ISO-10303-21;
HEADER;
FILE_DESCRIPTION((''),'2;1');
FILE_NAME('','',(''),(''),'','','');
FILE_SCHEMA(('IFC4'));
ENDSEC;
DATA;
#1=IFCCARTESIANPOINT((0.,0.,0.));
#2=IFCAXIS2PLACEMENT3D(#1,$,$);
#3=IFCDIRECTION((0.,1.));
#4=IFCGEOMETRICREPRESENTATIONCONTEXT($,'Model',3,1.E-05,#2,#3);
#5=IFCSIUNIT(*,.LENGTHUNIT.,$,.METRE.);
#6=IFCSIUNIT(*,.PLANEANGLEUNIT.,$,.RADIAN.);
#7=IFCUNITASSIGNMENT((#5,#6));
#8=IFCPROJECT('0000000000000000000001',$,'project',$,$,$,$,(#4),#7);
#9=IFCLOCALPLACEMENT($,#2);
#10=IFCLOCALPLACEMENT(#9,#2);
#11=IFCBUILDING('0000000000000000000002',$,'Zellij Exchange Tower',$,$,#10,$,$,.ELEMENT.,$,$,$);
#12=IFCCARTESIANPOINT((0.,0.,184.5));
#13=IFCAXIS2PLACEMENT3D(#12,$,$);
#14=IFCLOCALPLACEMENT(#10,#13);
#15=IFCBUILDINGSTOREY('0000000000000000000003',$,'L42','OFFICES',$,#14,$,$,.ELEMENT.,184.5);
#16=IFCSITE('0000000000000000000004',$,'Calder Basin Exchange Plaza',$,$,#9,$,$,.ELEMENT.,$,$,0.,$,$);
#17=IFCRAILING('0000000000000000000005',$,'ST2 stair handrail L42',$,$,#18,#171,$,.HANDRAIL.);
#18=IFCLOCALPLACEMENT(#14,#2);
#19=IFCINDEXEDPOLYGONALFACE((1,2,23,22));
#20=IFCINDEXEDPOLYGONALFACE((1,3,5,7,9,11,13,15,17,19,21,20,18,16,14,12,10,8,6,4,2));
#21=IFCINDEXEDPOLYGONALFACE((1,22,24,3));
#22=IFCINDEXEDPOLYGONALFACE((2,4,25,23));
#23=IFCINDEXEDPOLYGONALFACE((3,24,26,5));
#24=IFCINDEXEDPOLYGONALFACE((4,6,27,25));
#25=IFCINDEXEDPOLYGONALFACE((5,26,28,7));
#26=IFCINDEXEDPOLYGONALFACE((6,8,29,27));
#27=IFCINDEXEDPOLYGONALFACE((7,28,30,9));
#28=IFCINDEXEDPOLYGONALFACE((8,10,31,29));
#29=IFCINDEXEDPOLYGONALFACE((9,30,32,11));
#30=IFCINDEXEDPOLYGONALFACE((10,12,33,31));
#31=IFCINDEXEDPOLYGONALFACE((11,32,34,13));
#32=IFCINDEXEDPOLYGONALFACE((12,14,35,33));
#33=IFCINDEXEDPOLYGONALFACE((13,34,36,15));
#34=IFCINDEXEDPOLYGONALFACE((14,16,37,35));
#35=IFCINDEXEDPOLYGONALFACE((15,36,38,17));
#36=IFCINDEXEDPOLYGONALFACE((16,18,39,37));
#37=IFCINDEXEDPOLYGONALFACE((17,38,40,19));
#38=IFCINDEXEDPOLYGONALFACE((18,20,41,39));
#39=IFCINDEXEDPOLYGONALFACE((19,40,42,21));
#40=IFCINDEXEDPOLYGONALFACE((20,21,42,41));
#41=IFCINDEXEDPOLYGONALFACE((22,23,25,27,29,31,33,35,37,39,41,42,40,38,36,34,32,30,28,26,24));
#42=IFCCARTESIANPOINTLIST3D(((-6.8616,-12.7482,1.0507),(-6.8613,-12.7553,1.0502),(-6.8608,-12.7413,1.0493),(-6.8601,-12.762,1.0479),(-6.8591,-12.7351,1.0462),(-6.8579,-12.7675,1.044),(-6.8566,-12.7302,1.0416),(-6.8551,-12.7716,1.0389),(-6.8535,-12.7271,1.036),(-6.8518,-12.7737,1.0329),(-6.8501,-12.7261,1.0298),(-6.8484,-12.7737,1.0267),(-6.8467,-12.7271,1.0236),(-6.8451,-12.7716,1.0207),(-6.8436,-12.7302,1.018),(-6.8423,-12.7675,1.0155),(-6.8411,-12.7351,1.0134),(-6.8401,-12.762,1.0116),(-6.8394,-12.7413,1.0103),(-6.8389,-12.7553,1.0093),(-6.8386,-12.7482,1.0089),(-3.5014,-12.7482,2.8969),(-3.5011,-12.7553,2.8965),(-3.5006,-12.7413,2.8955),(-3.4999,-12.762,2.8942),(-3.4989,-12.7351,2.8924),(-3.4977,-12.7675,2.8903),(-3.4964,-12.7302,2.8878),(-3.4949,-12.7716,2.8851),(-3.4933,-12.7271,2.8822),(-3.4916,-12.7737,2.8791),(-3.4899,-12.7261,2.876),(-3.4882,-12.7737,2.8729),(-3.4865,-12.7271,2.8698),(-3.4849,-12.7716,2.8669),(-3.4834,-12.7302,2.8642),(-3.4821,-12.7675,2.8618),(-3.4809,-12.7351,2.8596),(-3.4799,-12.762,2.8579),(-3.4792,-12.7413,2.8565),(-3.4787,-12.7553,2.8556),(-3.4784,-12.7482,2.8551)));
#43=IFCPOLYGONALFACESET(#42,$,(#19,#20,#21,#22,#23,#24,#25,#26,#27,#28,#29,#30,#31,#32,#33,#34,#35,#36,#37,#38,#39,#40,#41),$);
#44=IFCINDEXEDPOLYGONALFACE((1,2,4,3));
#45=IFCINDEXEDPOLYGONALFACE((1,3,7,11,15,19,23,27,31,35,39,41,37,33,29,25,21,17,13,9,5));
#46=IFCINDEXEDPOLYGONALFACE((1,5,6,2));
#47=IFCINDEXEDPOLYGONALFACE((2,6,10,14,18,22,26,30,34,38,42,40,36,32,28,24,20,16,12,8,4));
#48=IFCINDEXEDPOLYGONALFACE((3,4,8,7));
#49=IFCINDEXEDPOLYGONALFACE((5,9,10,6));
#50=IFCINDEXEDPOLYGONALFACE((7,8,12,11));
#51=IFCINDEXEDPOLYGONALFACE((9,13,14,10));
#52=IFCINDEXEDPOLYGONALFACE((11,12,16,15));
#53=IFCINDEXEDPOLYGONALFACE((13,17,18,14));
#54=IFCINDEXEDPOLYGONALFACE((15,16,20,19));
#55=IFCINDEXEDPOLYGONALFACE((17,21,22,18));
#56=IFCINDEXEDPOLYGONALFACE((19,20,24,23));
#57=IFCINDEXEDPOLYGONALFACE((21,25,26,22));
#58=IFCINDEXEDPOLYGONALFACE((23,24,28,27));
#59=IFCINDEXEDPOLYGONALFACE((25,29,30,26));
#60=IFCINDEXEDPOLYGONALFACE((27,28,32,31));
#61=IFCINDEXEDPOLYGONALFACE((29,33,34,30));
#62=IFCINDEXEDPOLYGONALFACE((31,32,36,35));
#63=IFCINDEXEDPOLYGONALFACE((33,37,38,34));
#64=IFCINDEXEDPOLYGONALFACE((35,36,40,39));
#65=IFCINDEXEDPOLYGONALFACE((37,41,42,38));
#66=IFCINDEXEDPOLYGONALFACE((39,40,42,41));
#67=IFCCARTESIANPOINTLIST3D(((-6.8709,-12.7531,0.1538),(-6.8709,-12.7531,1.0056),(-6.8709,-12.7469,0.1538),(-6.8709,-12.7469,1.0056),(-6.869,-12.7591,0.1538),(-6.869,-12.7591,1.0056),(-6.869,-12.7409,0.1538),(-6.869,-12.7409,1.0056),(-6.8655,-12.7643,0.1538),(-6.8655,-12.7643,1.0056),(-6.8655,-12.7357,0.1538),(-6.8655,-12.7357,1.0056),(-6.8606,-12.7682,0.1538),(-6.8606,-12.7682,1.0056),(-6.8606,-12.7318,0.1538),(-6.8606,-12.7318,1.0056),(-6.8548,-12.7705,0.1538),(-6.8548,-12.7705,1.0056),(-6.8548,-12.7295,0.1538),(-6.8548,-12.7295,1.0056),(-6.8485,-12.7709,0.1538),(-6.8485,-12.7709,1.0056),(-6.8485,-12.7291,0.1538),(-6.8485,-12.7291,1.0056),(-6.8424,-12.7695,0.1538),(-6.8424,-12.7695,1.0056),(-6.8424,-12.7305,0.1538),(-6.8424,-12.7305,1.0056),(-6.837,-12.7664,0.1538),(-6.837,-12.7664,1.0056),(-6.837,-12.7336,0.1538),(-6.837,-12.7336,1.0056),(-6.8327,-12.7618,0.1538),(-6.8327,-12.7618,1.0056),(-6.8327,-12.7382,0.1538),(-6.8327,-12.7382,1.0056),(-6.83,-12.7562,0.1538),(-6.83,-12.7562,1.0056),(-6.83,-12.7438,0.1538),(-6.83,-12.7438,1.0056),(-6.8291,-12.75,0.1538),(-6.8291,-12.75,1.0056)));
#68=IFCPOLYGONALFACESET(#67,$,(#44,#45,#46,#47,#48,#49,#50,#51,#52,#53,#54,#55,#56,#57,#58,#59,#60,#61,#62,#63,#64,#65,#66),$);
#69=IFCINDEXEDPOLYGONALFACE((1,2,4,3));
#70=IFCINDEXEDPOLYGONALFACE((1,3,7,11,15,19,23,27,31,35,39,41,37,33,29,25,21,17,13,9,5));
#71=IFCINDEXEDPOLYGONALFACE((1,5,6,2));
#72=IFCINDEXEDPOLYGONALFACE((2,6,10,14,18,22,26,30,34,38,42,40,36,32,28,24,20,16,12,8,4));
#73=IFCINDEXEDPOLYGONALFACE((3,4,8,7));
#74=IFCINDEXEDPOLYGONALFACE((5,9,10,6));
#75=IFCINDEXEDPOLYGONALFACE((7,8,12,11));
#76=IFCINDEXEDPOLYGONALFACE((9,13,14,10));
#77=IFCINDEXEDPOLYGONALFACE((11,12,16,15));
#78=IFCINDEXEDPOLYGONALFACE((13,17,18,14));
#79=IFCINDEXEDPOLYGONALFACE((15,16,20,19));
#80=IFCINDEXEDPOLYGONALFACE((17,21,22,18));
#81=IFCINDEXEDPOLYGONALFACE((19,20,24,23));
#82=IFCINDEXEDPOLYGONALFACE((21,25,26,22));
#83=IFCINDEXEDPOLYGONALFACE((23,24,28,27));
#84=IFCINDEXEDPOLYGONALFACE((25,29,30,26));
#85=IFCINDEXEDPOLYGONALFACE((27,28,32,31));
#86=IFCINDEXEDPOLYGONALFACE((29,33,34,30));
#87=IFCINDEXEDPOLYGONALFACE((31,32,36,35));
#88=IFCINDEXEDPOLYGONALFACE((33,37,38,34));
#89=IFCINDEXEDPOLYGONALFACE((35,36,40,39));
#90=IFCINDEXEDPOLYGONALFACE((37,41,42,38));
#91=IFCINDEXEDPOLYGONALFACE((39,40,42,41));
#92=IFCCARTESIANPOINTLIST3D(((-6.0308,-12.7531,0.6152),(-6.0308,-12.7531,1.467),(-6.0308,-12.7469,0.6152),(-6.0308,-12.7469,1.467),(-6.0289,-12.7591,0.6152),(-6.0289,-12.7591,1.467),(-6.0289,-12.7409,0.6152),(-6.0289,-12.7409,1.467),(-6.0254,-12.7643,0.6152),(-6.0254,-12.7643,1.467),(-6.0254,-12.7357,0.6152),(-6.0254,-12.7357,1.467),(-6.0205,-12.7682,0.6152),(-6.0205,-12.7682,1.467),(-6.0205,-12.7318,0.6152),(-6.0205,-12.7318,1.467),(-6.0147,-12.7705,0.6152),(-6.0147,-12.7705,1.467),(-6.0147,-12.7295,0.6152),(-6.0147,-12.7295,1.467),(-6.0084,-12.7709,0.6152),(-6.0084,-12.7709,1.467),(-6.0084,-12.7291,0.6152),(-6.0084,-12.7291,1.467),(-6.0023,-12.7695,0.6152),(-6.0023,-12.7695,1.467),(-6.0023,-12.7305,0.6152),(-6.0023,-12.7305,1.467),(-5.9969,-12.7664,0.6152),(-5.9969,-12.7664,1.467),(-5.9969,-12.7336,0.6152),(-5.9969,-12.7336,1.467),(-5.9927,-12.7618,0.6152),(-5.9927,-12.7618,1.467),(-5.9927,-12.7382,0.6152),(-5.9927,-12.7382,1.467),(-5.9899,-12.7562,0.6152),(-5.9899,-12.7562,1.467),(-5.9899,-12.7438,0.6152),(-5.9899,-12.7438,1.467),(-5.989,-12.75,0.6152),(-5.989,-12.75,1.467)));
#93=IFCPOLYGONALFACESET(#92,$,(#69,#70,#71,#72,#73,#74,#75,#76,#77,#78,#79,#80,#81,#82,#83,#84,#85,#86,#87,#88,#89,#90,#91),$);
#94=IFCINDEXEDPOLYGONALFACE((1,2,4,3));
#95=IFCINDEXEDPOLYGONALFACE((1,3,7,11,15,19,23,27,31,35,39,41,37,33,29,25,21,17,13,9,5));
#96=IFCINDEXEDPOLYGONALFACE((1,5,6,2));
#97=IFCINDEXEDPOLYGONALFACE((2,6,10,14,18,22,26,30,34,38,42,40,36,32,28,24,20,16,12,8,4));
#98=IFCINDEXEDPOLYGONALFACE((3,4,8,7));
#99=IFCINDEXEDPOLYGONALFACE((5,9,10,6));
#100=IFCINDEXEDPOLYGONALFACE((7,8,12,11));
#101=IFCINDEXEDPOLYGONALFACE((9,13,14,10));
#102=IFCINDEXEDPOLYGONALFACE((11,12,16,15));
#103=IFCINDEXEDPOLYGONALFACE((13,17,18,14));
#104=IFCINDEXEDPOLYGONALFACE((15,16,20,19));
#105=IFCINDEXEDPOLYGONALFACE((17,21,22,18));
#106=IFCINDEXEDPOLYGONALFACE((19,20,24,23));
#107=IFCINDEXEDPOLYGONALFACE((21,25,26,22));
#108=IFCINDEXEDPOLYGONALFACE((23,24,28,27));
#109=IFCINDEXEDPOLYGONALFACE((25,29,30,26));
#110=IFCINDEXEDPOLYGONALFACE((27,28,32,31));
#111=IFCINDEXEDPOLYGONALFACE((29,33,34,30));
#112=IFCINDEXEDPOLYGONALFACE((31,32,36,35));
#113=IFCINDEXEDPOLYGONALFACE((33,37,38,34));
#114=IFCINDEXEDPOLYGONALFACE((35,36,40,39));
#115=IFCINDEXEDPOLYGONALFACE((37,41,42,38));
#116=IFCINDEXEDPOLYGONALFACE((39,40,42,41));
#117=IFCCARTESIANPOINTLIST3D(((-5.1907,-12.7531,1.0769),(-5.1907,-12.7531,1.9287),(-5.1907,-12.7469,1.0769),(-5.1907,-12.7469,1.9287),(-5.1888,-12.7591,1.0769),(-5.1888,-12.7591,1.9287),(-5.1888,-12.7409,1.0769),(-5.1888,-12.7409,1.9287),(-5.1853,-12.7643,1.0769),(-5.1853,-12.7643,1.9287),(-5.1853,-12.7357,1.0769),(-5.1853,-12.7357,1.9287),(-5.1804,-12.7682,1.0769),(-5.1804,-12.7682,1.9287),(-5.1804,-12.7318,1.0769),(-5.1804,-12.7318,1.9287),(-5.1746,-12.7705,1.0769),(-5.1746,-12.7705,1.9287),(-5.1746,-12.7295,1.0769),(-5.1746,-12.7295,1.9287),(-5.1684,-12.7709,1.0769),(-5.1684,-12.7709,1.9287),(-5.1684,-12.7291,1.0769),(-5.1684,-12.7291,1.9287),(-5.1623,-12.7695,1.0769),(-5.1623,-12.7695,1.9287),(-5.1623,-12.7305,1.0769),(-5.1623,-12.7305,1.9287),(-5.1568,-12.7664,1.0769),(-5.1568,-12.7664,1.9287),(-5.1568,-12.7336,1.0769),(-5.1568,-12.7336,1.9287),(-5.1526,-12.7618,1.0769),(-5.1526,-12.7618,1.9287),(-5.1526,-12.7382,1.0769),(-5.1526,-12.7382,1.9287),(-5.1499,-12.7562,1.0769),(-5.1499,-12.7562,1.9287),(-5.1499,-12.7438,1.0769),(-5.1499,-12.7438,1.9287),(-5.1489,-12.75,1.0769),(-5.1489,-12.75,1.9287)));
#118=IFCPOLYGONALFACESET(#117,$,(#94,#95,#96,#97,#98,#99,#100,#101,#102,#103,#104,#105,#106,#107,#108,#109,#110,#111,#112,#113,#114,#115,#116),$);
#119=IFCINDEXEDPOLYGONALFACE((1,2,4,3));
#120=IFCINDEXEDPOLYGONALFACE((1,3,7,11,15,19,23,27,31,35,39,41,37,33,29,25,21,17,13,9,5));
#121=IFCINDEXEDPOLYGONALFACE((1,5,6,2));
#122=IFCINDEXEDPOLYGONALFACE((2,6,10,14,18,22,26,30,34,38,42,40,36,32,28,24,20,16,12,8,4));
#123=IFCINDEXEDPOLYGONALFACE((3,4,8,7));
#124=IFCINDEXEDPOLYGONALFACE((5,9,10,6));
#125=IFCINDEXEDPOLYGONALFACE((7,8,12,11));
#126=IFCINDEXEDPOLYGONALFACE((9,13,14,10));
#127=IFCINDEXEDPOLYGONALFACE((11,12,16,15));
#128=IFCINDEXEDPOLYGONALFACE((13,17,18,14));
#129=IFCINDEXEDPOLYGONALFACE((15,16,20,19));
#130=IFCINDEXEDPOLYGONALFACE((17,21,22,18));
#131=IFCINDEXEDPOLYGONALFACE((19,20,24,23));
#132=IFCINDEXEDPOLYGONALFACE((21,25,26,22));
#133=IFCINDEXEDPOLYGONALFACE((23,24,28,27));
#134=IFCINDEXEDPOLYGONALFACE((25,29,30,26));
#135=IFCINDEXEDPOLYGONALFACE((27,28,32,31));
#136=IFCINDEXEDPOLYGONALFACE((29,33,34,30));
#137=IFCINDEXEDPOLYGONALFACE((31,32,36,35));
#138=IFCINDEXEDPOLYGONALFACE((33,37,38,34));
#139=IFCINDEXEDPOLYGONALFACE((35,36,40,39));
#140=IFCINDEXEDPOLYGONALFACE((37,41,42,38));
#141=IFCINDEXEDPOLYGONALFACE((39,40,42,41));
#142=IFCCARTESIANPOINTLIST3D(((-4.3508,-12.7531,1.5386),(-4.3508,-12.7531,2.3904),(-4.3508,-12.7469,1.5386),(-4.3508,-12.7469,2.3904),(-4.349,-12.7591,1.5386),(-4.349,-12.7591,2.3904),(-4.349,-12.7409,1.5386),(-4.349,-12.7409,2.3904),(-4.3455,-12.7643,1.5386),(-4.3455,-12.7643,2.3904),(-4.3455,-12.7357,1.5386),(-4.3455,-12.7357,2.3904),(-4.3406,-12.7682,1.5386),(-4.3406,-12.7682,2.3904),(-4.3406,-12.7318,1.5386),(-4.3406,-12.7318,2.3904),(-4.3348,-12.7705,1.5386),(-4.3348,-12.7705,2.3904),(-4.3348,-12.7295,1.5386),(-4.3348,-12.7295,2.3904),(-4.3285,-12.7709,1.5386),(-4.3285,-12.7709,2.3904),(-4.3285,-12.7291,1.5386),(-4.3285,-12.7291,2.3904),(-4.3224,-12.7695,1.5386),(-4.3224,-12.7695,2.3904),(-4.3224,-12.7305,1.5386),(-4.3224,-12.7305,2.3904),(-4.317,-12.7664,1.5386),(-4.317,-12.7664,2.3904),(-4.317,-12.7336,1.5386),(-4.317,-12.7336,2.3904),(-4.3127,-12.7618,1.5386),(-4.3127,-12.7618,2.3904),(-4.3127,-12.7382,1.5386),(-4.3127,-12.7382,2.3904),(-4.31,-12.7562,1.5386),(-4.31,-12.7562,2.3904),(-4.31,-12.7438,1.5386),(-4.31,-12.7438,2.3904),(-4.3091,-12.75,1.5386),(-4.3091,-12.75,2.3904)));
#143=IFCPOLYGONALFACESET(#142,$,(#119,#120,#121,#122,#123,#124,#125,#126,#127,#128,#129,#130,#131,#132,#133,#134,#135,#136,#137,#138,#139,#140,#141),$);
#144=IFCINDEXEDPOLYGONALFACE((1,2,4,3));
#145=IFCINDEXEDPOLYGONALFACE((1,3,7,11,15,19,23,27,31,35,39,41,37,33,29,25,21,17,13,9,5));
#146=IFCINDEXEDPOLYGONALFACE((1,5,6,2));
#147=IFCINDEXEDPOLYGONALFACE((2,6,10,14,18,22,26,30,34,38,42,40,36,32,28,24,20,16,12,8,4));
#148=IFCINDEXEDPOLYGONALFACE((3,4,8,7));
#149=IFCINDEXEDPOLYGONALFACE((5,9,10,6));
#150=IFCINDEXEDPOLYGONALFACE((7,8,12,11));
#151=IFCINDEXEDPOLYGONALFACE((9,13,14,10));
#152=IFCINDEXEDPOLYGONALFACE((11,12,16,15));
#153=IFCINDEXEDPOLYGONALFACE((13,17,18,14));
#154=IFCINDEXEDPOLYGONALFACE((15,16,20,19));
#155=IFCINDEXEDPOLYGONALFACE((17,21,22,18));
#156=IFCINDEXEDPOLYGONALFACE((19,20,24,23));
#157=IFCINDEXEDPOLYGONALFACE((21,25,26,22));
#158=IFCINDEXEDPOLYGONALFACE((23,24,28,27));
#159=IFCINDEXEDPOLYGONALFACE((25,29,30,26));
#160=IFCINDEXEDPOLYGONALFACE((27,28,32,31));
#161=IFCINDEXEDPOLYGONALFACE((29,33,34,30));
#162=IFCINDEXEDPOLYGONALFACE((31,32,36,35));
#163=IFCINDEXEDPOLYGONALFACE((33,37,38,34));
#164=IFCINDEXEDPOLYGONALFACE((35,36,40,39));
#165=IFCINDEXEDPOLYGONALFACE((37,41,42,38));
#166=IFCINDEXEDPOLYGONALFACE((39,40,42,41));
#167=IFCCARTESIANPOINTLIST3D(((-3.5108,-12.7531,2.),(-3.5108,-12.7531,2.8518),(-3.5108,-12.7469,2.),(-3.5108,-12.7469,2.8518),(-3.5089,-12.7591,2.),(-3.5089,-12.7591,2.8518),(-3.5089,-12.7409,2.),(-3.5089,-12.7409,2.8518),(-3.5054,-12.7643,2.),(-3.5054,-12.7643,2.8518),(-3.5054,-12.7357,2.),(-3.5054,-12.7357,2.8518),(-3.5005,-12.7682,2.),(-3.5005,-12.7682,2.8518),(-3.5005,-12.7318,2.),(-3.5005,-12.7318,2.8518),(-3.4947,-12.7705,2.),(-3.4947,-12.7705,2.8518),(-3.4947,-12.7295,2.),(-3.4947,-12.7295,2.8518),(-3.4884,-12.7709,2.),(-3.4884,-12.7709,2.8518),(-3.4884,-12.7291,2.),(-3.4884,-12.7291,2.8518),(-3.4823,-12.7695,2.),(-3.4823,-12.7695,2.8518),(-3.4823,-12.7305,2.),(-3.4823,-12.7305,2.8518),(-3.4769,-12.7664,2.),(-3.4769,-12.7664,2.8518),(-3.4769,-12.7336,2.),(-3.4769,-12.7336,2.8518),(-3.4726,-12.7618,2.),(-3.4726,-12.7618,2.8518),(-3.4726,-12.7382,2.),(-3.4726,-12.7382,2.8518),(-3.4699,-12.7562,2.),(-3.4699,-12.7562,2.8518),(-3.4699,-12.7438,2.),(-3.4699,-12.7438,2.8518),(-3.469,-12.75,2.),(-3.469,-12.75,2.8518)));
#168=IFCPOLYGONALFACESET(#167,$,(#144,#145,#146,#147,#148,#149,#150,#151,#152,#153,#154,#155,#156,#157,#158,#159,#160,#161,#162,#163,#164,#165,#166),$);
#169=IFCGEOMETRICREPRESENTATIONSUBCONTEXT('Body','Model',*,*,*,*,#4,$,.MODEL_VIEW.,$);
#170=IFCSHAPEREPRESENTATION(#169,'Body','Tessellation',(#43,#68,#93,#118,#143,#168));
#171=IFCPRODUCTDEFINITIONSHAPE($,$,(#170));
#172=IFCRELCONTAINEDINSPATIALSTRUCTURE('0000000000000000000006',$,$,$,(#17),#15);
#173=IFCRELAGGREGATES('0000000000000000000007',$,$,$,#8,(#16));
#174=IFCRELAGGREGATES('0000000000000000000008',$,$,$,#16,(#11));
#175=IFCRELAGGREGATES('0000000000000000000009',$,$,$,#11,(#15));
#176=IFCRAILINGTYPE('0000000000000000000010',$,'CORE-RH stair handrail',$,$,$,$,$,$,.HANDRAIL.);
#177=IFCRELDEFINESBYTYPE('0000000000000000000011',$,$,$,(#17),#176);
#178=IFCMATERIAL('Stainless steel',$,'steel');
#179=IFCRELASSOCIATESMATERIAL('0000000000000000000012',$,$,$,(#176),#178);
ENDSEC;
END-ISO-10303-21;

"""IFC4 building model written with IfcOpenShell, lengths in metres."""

from ifc_helpers import new_model, si_unit, direction, frame, origin, origin_2d, place, context, subcontext, project, spatial, circle, extrude, material, type_object, element, save


model = new_model("IFC4")

# Units and contexts
model_context = context("Model", 3, precision=1e-05, world=origin(), true_north=direction((0.0, 1.0)))
body_context = subcontext(model_context, "Body", "Model", "MODEL_VIEW")
ifc_project = project(units=[si_unit("LENGTHUNIT", "METRE"), si_unit("PLANEANGLEUNIT", "RADIAN")], contexts=[model_context])

# Site, building, storey
site_placement = place(None, origin())
site = spatial("IfcSite", under=ifc_project, at=site_placement, Name="Calder Basin Exchange Plaza", CompositionType="ELEMENT", RefElevation=0.0)
building_placement = place(site_placement, origin())
building = spatial("IfcBuilding", under=site, at=building_placement, Name="Zellij Exchange Tower", CompositionType="ELEMENT")
storey_placement = place(building_placement, frame((0.0, 0.0, 184.5)))
storey = spatial("IfcBuildingStorey", under=building, at=storey_placement, Name="L42", Description="OFFICES", CompositionType="ELEMENT", Elevation=184.5)

# Railing
ifc_material_1 = material(Name="Stainless steel", Category="steel")
railing_type_1 = type_object("IfcRailingType", Name="CORE-RH stair handrail", PredefinedType="HANDRAIL", material=ifc_material_1)
railing_1_placement = place(storey_placement, frame((-6.8501, -12.75, 0.1538)))
element("IfcRailing", 1, at=railing_1_placement, inside=storey, type_object=railing_type_1, Name="ST2 stair handrail L42", PredefinedType="HANDRAIL", context=body_context, shape_type="SweptSolid", body=[
    extrude(circle(Radius=0.0239, at=origin_2d()), frame((0.0, 0.0, 0.876), z_axis=(0.876422, 0.0, 0.481545), x_axis=(0.0, 1.0, 0.0)), (0.0, 0.0, 1.0), 3.834),
    extrude(circle(Radius=0.021, at=origin_2d()), origin(), (0.0, 0.0, 1.0), 0.8518),
    extrude(circle(Radius=0.021, at=origin_2d()), frame((0.8401, 0.0, 0.4614)), (0.0, 0.0, 1.0), 0.8518),
    extrude(circle(Radius=0.021, at=origin_2d()), frame((1.6802, 0.0, 0.9231)), (0.0, 0.0, 1.0), 0.8518),
    extrude(circle(Radius=0.021, at=origin_2d()), frame((2.52, 0.0, 1.3848)), (0.0, 0.0, 1.0), 0.8518),
    extrude(circle(Radius=0.021, at=origin_2d()), frame((3.3601, 0.0, 1.8462)), (0.0, 0.0, 1.0), 0.8518),
])

save(model, "model.ifc")
